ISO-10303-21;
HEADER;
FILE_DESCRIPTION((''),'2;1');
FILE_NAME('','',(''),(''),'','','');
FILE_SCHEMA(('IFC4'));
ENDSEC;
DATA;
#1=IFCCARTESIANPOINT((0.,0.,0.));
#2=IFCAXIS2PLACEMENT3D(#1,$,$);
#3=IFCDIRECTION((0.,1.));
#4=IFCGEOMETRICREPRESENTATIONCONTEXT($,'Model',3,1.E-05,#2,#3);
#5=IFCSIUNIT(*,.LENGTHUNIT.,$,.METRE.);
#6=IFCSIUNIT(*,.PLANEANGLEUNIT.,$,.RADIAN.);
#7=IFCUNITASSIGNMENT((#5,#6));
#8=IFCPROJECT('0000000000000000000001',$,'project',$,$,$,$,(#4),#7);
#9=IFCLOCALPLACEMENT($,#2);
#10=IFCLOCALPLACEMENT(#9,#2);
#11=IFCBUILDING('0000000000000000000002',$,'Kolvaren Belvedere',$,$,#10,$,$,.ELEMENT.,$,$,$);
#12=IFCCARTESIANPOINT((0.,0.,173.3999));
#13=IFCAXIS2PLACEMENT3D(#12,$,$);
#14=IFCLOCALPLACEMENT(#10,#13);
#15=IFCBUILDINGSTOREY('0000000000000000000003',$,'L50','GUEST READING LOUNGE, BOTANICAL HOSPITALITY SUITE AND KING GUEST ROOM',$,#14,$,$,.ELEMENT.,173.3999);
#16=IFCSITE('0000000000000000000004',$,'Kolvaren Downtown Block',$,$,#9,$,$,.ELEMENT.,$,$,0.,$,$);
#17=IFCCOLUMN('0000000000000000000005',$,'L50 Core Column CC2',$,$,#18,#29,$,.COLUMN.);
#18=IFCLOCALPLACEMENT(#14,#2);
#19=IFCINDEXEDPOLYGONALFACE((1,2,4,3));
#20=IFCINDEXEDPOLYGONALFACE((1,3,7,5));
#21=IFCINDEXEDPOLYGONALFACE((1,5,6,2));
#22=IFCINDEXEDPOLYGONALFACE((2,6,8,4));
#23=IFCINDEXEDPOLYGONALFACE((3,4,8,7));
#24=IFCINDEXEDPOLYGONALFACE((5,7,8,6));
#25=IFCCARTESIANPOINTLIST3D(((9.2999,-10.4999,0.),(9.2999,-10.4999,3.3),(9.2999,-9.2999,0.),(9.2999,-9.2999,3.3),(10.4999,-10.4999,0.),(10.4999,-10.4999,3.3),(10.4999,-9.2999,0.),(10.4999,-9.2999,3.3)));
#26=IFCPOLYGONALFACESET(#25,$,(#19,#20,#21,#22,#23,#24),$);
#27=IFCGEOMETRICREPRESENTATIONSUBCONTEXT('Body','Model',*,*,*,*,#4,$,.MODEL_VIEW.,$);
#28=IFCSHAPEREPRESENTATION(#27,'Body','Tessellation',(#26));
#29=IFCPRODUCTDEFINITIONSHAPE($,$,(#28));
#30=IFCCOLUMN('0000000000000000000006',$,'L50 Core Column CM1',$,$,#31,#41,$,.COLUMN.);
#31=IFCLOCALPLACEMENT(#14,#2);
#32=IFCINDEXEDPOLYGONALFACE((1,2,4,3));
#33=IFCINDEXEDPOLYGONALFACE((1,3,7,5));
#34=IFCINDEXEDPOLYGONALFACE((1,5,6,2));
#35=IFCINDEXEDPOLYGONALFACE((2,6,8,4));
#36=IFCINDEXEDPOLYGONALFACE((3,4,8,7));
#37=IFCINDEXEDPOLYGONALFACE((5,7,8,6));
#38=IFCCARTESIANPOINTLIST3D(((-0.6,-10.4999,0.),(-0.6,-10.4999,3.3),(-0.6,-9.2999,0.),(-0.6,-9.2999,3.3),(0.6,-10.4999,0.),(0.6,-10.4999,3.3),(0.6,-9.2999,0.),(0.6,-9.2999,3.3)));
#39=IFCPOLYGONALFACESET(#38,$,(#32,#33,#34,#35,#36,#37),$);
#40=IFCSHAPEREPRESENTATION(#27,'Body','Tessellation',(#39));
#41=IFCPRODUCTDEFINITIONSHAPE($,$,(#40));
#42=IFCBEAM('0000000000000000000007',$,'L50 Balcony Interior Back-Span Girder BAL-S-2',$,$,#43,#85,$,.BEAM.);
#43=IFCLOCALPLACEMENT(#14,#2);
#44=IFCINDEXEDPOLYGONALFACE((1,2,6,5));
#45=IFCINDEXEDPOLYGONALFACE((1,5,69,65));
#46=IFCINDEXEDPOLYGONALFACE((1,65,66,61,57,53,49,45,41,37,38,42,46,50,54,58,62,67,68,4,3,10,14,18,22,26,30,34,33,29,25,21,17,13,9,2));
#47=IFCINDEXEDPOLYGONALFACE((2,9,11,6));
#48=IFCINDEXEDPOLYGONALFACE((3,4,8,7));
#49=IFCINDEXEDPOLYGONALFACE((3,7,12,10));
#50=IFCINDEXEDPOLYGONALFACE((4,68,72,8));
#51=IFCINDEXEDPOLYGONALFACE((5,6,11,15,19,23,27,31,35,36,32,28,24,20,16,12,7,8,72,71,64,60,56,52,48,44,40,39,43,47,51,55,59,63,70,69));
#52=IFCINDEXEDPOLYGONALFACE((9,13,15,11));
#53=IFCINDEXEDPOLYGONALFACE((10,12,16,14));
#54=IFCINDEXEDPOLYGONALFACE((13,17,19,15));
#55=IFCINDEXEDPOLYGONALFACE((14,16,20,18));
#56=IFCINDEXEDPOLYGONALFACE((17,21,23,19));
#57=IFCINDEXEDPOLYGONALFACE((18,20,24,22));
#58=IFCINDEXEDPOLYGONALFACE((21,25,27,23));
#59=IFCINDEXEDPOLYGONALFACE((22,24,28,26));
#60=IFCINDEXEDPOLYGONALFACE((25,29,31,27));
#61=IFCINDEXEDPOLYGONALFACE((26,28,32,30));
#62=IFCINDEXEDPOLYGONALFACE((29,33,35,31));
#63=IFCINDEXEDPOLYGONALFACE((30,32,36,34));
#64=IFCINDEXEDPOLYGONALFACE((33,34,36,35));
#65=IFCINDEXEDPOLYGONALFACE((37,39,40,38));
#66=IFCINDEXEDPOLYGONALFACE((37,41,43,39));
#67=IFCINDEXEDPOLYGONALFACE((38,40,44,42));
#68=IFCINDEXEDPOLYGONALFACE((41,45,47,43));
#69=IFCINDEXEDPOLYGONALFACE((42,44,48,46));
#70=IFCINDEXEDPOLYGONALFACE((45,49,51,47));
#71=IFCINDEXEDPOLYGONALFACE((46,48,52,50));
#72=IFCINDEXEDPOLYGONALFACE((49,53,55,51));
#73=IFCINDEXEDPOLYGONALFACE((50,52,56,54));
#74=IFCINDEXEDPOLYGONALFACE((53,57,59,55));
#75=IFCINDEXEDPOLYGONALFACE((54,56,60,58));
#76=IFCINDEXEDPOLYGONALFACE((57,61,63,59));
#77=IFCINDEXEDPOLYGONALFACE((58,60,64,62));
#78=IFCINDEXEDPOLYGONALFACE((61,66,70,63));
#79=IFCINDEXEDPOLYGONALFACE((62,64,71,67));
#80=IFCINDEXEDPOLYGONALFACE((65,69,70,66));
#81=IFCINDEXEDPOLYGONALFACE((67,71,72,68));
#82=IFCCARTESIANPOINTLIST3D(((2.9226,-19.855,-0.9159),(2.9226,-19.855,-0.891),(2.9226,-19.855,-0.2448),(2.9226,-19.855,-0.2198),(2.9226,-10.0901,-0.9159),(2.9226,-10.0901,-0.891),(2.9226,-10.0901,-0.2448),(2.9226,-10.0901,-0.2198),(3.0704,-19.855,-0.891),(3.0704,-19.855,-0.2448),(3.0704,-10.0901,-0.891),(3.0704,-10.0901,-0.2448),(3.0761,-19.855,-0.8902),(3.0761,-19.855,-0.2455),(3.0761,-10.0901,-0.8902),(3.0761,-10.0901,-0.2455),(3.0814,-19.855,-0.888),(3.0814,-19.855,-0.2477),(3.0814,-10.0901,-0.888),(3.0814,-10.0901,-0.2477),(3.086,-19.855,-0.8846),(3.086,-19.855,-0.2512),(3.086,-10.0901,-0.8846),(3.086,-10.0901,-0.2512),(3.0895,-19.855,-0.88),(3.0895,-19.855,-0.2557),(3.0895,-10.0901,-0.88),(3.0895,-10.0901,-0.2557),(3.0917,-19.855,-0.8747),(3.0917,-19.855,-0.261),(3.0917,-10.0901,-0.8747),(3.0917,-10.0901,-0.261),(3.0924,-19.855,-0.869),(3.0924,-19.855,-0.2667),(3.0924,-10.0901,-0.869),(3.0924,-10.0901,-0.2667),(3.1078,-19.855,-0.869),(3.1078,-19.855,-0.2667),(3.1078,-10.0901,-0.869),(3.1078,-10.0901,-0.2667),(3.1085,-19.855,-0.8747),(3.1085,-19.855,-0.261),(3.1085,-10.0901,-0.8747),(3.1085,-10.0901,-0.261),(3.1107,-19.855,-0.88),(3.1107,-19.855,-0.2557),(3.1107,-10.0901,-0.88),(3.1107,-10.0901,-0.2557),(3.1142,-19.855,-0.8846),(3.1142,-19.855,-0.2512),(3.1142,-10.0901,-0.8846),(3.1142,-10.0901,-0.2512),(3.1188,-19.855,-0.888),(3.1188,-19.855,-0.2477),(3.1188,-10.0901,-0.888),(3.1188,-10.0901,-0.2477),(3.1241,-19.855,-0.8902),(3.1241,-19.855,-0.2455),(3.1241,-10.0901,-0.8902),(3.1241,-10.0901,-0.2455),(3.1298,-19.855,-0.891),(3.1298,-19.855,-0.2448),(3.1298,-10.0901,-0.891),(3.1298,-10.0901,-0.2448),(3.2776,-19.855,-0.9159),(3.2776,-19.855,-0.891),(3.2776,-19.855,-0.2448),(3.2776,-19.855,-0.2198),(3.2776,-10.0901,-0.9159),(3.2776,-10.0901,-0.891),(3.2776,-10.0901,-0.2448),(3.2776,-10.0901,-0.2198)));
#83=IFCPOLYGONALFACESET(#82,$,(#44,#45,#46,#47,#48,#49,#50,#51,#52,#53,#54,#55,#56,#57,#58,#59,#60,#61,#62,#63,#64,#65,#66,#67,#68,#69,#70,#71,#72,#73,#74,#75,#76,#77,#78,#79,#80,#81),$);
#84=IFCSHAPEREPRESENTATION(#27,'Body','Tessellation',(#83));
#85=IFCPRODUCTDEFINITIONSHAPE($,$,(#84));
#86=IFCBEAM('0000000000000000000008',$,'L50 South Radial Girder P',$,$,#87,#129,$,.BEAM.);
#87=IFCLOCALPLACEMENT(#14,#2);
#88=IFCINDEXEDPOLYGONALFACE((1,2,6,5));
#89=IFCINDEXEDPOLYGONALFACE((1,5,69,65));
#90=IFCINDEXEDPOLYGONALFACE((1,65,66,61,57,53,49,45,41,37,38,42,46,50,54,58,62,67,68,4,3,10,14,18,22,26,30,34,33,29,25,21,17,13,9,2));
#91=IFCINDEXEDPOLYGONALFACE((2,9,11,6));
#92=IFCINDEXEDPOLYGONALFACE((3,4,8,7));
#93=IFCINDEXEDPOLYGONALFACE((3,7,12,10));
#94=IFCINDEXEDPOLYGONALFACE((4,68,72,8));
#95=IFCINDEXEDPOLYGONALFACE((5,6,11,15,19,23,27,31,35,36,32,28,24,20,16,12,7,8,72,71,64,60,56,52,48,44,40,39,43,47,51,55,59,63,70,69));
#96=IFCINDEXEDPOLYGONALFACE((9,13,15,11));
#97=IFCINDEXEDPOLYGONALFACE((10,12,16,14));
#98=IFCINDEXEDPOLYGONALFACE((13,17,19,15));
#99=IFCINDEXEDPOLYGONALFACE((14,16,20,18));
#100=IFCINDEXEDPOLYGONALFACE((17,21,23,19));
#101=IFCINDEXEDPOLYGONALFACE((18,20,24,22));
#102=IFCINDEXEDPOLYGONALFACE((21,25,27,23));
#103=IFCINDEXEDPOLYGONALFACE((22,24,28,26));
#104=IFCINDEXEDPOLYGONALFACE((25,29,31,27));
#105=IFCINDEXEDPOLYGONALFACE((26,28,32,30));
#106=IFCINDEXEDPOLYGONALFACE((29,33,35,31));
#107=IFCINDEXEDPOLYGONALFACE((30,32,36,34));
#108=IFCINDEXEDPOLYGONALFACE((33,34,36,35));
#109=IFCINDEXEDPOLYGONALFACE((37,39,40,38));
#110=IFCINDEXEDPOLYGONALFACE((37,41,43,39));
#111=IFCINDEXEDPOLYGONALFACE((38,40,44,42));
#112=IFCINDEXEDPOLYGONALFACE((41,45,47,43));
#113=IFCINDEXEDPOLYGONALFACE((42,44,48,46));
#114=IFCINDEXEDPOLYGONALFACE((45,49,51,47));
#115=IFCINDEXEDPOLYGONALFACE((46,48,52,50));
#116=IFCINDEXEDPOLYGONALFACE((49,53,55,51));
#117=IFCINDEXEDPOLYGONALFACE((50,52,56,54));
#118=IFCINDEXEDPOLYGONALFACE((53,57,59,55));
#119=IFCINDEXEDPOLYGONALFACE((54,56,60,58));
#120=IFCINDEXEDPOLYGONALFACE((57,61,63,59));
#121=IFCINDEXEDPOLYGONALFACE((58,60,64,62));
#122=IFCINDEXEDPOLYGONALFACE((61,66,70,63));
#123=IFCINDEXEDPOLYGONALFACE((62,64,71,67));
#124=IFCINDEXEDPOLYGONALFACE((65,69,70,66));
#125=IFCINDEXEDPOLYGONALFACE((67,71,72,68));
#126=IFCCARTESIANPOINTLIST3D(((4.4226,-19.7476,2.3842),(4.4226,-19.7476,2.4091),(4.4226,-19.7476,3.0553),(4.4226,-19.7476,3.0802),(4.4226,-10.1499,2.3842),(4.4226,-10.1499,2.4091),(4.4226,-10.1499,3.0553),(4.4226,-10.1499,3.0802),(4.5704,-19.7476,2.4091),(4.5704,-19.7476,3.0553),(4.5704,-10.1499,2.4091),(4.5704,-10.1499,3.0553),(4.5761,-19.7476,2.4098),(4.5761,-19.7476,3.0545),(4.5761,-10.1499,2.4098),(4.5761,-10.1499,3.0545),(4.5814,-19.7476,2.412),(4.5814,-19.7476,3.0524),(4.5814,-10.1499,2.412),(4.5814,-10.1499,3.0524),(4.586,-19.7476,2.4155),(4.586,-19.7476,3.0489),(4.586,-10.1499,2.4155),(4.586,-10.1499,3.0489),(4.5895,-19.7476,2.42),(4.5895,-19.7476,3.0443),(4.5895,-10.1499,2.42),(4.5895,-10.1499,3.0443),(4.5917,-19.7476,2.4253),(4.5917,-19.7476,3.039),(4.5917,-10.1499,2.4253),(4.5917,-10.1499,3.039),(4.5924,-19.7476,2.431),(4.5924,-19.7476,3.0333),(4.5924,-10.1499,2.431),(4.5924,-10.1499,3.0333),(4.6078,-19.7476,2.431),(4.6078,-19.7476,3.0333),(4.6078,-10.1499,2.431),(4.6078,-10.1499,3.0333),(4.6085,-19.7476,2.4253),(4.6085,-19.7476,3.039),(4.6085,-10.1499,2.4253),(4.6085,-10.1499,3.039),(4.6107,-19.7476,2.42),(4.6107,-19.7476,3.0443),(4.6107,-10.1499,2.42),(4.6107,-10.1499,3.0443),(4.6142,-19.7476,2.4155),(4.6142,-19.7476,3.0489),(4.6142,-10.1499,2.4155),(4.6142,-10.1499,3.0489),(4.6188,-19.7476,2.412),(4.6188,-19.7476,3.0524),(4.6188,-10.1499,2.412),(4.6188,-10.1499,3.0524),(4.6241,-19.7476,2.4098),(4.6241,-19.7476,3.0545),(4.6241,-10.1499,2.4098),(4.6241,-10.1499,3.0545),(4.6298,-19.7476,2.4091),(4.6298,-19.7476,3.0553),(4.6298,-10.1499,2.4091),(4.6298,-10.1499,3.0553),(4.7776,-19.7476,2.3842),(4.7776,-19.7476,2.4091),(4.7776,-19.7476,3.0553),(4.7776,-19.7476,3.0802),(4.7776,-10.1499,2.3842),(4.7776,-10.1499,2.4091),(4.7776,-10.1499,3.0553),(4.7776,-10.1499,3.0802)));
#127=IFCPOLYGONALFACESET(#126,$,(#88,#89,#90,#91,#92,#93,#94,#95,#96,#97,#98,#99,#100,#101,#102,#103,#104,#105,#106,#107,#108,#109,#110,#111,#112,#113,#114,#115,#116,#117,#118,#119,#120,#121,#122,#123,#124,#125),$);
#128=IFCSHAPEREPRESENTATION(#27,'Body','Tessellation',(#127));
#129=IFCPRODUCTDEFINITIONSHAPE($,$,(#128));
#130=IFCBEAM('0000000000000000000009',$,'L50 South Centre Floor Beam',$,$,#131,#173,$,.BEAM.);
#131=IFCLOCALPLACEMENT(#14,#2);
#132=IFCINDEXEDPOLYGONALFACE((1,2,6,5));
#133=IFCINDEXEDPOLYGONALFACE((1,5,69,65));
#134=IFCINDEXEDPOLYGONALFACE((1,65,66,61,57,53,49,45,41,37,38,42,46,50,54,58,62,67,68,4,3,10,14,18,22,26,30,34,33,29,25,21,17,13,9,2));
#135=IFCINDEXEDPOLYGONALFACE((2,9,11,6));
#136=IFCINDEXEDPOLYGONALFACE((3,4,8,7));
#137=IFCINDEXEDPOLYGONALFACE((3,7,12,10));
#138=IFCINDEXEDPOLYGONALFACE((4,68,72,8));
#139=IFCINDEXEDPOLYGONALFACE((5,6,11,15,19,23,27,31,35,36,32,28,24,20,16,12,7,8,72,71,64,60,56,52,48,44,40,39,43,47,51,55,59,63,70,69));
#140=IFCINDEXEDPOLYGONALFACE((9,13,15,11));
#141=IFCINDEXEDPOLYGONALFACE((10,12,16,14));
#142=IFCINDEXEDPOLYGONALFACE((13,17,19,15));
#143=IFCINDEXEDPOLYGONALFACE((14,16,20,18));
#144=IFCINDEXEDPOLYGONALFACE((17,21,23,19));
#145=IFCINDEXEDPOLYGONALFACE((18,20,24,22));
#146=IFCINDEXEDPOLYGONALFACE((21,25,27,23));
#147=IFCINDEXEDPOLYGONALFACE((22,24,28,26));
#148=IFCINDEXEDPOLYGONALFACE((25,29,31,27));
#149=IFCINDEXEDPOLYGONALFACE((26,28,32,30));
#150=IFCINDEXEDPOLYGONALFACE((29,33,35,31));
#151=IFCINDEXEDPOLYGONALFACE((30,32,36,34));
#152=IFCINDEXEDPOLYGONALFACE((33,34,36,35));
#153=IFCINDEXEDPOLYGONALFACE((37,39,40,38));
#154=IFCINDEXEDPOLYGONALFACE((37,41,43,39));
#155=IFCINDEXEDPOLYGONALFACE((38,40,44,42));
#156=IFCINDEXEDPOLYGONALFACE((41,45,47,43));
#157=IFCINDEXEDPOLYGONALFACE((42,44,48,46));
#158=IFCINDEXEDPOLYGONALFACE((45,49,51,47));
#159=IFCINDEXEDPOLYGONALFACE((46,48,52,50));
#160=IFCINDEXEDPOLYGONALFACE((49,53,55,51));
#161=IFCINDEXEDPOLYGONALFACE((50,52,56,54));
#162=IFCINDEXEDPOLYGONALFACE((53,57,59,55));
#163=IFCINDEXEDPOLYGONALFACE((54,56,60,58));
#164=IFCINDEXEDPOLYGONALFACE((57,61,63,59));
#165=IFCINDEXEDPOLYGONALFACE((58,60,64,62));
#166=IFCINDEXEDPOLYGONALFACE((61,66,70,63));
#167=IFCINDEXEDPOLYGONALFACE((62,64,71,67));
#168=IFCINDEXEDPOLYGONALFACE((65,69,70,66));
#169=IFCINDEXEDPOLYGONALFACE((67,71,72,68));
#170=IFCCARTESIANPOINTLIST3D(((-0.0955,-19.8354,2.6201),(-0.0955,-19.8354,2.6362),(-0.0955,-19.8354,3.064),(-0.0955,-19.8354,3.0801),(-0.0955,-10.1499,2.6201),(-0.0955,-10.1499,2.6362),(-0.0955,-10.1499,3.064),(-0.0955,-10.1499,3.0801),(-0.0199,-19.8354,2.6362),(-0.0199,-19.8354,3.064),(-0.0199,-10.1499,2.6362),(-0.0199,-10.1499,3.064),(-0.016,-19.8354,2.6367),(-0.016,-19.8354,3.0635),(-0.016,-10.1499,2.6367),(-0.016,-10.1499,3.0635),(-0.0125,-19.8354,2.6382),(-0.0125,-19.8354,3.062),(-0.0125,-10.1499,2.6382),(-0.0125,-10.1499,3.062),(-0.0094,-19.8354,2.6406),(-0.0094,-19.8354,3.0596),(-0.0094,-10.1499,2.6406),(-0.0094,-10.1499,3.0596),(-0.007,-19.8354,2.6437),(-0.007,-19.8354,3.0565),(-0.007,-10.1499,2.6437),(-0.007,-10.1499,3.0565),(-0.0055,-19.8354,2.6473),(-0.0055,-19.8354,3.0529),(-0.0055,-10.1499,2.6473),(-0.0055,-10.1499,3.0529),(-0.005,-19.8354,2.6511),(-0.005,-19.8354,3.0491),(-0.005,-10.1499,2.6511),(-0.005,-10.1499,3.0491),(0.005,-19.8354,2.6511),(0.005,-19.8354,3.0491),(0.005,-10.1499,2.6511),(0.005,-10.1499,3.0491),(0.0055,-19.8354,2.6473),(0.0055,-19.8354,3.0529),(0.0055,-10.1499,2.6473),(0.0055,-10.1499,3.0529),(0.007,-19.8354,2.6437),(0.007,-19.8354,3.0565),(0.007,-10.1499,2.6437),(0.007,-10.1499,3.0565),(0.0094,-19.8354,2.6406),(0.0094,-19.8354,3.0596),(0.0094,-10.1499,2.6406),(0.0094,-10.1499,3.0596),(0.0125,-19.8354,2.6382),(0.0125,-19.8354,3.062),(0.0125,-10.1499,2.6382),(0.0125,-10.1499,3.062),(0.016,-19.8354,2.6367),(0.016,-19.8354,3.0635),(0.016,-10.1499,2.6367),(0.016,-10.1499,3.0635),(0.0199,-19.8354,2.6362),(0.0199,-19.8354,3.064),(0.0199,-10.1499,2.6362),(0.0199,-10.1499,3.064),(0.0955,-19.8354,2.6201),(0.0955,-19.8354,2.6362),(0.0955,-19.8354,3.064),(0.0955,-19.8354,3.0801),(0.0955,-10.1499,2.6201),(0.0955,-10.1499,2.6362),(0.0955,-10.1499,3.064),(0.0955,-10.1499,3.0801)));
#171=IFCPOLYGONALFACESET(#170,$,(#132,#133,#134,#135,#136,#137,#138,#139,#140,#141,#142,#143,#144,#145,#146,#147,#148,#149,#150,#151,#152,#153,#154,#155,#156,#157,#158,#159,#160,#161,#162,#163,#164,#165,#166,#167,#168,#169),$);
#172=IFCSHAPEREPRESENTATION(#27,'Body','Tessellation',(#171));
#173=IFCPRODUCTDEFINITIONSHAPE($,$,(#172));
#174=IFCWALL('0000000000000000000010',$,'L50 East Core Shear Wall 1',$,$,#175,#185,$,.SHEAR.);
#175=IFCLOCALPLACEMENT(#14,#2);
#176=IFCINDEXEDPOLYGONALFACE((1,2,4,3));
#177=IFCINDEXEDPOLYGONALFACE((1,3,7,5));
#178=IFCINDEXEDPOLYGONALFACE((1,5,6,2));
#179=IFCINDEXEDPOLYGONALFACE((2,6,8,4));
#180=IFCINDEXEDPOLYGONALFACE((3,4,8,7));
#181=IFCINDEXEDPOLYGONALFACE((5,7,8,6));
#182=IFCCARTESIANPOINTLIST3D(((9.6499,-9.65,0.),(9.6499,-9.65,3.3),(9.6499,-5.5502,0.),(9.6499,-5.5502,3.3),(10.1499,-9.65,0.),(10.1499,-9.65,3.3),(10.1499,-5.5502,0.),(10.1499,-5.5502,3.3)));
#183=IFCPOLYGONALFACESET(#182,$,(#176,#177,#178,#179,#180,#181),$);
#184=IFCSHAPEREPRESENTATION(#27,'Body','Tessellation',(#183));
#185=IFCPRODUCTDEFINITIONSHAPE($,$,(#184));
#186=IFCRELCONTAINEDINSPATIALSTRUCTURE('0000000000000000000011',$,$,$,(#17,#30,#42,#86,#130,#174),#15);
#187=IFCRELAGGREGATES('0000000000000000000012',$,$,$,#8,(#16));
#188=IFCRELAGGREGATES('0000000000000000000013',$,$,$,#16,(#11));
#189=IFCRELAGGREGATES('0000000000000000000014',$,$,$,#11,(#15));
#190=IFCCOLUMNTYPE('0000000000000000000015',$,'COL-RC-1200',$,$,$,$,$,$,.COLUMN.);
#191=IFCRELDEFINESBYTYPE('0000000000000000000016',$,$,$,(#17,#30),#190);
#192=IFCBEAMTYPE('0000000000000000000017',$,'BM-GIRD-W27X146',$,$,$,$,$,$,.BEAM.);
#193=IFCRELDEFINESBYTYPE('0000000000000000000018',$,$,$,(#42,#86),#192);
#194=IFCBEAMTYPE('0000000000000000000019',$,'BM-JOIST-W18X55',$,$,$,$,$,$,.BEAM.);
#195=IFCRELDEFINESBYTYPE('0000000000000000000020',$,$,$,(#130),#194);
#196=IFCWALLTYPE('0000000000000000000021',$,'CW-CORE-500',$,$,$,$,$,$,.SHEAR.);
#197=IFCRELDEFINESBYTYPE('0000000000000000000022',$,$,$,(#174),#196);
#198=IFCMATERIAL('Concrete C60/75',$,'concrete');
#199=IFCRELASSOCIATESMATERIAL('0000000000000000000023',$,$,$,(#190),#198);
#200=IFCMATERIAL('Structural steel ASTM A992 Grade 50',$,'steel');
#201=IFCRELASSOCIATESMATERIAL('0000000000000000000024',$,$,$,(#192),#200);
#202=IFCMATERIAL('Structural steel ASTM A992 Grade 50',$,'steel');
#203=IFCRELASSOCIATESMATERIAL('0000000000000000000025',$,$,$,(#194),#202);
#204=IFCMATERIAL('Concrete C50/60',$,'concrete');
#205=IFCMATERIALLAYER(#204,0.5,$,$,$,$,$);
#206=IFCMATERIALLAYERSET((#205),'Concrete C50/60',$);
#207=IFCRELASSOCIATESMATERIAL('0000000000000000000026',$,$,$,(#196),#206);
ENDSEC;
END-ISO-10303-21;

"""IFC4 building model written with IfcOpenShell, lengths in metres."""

from ifc_helpers import new_model, si_unit, direction, frame, frame_2d, origin, origin_2d, place, context, subcontext, project, spatial, rectangle, i_section, extrude, material, layer, layer_set, material_profile, profile_set, type_object, element, save


model = new_model("IFC4")

# Units and contexts
model_context = context("Model", 3, precision=1e-05, world=origin(), true_north=direction((0.0, 1.0)))
body_context = subcontext(model_context, "Body", "Model", "MODEL_VIEW")
ifc_project = project(units=[si_unit("LENGTHUNIT", "METRE"), si_unit("PLANEANGLEUNIT", "RADIAN")], contexts=[model_context])

# Site, building, storey
site_placement = place(None, origin())
site = spatial("IfcSite", under=ifc_project, at=site_placement, Name="Kolvaren Downtown Block", CompositionType="ELEMENT", RefElevation=0.0)
building_placement = place(site_placement, origin())
building = spatial("IfcBuilding", under=site, at=building_placement, Name="Kolvaren Belvedere", CompositionType="ELEMENT")
storey_placement = place(building_placement, frame((0.0, 0.0, 173.3999)))
storey = spatial("IfcBuildingStorey", under=building, at=storey_placement, Name="L50", Description="GUEST READING LOUNGE, BOTANICAL HOSPITALITY SUITE AND KING GUEST ROOM", CompositionType="ELEMENT", Elevation=173.3999)

# Columns
ifc_material_1 = material(Name="Concrete C60/75", Category="concrete")
ifc_material_profile_1 = material_profile(ifc_material_1, rectangle(XDim=1.2, YDim=1.2, at=origin_2d()), Name="RC 1200X1200")
ifc_profile_set_1 = profile_set([ifc_material_profile_1], Name="Concrete C60/75")
column_type = type_object("IfcColumnType", Name="COL-RC-1200", PredefinedType="COLUMN", material=ifc_profile_set_1)
for number, where, z_axis, x_axis, name in (
    (1, (9.8999, -9.8999, 0.0), (0.0, 0.0, 1.0), (1.0, 0.0, 0.0), "L50 Core Column CC2"),
    (2, (0.0, -9.8999, 0.0), (0.0, 0.0, 1.0), (1.0, 0.0, 0.0), "L50 Core Column CM1"),
):
    element("IfcColumn", number, at=place(storey_placement, frame(where, z_axis=z_axis, x_axis=x_axis)), inside=storey, type_object=column_type, Name=name, PredefinedType="COLUMN", context=body_context, shape_type="SweptSolid", body=[
        extrude(rectangle(XDim=1.2, YDim=1.2, at=origin_2d()), origin(), (0.0, 0.0, 1.0), 3.3),
    ])

# Beams
ifc_material_2 = material(Name="Structural steel ASTM A992 Grade 50", Category="steel")
ifc_material_profile_2 = material_profile(ifc_material_2, i_section(OverallWidth=0.355, OverallDepth=0.696, WebThickness=0.0154, FlangeThickness=0.0249, FilletRadius=0.022, at=origin_2d()), Name="W27X146")
ifc_profile_set_2 = profile_set([ifc_material_profile_2], Name="Structural steel ASTM A992 Grade 50")
beam_type_1 = type_object("IfcBeamType", Name="BM-GIRD-W27X146", PredefinedType="BEAM", material=ifc_profile_set_2)
beam_1_placement = place(storey_placement, frame((3.1001, -10.0901, -0.5679), z_axis=(0.0, -1.0, 0.0), x_axis=(1.0, 0.0, 0.0)))
element("IfcBeam", 3, at=beam_1_placement, inside=storey, type_object=beam_type_1, Name="L50 Balcony Interior Back-Span Girder BAL-S-2", PredefinedType="BEAM", context=body_context, shape_type="SweptSolid", body=[
    extrude(i_section(OverallWidth=0.355, OverallDepth=0.696, WebThickness=0.0154, FlangeThickness=0.0249, FilletRadius=0.022, at=origin_2d()), origin(), (0.0, 0.0, 1.0), 9.7649),
])
beam_2_placement = place(storey_placement, frame((4.6001, -10.1499, 2.7322), z_axis=(0.0, -1.0, 0.0), x_axis=(1.0, 0.0, 0.0)))
element("IfcBeam", 4, at=beam_2_placement, inside=storey, type_object=beam_type_1, Name="L50 South Radial Girder P", PredefinedType="BEAM", context=body_context, shape_type="SweptSolid", body=[
    extrude(i_section(OverallWidth=0.355, OverallDepth=0.696, WebThickness=0.0154, FlangeThickness=0.0249, FilletRadius=0.022, at=origin_2d()), origin(), (0.0, 0.0, 1.0), 9.5977),
])
ifc_material_3 = material(Name="Structural steel ASTM A992 Grade 50", Category="steel")
ifc_material_profile_3 = material_profile(ifc_material_3, i_section(OverallWidth=0.1909, OverallDepth=0.46, WebThickness=0.01, FlangeThickness=0.0161, FilletRadius=0.0149, at=origin_2d()), Name="W18X55")
ifc_profile_set_3 = profile_set([ifc_material_profile_3], Name="Structural steel ASTM A992 Grade 50")
beam_type_2 = type_object("IfcBeamType", Name="BM-JOIST-W18X55", PredefinedType="BEAM", material=ifc_profile_set_3)
beam_3_placement = place(storey_placement, frame((0.0, -10.1499, 2.8501), z_axis=(0.0, -1.0, 0.0), x_axis=(1.0, 0.0, 0.0)))
element("IfcBeam", 5, at=beam_3_placement, inside=storey, type_object=beam_type_2, Name="L50 South Centre Floor Beam", PredefinedType="BEAM", context=body_context, shape_type="SweptSolid", body=[
    extrude(i_section(OverallWidth=0.1909, OverallDepth=0.46, WebThickness=0.01, FlangeThickness=0.0161, FilletRadius=0.0149, at=origin_2d()), origin(), (0.0, 0.0, 1.0), 9.6855),
])

# Wall
ifc_material_4 = material(Name="Concrete C50/60", Category="concrete")
ifc_layer_1 = layer(ifc_material_4, 0.5)
ifc_layer_set_1 = layer_set([ifc_layer_1], Name="Concrete C50/60")
wall_type_1 = type_object("IfcWallType", Name="CW-CORE-500", PredefinedType="SHEAR", material=ifc_layer_set_1)
wall_1_placement = place(storey_placement, frame((9.8999, -9.6499, 0.0), z_axis=(0.0, 0.0, 1.0), x_axis=(0.0, 1.0, 0.0)))
element("IfcWall", 6, at=wall_1_placement, inside=storey, type_object=wall_type_1, Name="L50 East Core Shear Wall 1", PredefinedType="SHEAR", context=body_context, shape_type="SweptSolid", body=[
    extrude(rectangle(XDim=4.0999, YDim=0.5, at=frame_2d((2.0498, 0.0))), origin(), (0.0, 0.0, 1.0), 3.3),
])

save(model, "model.ifc")
